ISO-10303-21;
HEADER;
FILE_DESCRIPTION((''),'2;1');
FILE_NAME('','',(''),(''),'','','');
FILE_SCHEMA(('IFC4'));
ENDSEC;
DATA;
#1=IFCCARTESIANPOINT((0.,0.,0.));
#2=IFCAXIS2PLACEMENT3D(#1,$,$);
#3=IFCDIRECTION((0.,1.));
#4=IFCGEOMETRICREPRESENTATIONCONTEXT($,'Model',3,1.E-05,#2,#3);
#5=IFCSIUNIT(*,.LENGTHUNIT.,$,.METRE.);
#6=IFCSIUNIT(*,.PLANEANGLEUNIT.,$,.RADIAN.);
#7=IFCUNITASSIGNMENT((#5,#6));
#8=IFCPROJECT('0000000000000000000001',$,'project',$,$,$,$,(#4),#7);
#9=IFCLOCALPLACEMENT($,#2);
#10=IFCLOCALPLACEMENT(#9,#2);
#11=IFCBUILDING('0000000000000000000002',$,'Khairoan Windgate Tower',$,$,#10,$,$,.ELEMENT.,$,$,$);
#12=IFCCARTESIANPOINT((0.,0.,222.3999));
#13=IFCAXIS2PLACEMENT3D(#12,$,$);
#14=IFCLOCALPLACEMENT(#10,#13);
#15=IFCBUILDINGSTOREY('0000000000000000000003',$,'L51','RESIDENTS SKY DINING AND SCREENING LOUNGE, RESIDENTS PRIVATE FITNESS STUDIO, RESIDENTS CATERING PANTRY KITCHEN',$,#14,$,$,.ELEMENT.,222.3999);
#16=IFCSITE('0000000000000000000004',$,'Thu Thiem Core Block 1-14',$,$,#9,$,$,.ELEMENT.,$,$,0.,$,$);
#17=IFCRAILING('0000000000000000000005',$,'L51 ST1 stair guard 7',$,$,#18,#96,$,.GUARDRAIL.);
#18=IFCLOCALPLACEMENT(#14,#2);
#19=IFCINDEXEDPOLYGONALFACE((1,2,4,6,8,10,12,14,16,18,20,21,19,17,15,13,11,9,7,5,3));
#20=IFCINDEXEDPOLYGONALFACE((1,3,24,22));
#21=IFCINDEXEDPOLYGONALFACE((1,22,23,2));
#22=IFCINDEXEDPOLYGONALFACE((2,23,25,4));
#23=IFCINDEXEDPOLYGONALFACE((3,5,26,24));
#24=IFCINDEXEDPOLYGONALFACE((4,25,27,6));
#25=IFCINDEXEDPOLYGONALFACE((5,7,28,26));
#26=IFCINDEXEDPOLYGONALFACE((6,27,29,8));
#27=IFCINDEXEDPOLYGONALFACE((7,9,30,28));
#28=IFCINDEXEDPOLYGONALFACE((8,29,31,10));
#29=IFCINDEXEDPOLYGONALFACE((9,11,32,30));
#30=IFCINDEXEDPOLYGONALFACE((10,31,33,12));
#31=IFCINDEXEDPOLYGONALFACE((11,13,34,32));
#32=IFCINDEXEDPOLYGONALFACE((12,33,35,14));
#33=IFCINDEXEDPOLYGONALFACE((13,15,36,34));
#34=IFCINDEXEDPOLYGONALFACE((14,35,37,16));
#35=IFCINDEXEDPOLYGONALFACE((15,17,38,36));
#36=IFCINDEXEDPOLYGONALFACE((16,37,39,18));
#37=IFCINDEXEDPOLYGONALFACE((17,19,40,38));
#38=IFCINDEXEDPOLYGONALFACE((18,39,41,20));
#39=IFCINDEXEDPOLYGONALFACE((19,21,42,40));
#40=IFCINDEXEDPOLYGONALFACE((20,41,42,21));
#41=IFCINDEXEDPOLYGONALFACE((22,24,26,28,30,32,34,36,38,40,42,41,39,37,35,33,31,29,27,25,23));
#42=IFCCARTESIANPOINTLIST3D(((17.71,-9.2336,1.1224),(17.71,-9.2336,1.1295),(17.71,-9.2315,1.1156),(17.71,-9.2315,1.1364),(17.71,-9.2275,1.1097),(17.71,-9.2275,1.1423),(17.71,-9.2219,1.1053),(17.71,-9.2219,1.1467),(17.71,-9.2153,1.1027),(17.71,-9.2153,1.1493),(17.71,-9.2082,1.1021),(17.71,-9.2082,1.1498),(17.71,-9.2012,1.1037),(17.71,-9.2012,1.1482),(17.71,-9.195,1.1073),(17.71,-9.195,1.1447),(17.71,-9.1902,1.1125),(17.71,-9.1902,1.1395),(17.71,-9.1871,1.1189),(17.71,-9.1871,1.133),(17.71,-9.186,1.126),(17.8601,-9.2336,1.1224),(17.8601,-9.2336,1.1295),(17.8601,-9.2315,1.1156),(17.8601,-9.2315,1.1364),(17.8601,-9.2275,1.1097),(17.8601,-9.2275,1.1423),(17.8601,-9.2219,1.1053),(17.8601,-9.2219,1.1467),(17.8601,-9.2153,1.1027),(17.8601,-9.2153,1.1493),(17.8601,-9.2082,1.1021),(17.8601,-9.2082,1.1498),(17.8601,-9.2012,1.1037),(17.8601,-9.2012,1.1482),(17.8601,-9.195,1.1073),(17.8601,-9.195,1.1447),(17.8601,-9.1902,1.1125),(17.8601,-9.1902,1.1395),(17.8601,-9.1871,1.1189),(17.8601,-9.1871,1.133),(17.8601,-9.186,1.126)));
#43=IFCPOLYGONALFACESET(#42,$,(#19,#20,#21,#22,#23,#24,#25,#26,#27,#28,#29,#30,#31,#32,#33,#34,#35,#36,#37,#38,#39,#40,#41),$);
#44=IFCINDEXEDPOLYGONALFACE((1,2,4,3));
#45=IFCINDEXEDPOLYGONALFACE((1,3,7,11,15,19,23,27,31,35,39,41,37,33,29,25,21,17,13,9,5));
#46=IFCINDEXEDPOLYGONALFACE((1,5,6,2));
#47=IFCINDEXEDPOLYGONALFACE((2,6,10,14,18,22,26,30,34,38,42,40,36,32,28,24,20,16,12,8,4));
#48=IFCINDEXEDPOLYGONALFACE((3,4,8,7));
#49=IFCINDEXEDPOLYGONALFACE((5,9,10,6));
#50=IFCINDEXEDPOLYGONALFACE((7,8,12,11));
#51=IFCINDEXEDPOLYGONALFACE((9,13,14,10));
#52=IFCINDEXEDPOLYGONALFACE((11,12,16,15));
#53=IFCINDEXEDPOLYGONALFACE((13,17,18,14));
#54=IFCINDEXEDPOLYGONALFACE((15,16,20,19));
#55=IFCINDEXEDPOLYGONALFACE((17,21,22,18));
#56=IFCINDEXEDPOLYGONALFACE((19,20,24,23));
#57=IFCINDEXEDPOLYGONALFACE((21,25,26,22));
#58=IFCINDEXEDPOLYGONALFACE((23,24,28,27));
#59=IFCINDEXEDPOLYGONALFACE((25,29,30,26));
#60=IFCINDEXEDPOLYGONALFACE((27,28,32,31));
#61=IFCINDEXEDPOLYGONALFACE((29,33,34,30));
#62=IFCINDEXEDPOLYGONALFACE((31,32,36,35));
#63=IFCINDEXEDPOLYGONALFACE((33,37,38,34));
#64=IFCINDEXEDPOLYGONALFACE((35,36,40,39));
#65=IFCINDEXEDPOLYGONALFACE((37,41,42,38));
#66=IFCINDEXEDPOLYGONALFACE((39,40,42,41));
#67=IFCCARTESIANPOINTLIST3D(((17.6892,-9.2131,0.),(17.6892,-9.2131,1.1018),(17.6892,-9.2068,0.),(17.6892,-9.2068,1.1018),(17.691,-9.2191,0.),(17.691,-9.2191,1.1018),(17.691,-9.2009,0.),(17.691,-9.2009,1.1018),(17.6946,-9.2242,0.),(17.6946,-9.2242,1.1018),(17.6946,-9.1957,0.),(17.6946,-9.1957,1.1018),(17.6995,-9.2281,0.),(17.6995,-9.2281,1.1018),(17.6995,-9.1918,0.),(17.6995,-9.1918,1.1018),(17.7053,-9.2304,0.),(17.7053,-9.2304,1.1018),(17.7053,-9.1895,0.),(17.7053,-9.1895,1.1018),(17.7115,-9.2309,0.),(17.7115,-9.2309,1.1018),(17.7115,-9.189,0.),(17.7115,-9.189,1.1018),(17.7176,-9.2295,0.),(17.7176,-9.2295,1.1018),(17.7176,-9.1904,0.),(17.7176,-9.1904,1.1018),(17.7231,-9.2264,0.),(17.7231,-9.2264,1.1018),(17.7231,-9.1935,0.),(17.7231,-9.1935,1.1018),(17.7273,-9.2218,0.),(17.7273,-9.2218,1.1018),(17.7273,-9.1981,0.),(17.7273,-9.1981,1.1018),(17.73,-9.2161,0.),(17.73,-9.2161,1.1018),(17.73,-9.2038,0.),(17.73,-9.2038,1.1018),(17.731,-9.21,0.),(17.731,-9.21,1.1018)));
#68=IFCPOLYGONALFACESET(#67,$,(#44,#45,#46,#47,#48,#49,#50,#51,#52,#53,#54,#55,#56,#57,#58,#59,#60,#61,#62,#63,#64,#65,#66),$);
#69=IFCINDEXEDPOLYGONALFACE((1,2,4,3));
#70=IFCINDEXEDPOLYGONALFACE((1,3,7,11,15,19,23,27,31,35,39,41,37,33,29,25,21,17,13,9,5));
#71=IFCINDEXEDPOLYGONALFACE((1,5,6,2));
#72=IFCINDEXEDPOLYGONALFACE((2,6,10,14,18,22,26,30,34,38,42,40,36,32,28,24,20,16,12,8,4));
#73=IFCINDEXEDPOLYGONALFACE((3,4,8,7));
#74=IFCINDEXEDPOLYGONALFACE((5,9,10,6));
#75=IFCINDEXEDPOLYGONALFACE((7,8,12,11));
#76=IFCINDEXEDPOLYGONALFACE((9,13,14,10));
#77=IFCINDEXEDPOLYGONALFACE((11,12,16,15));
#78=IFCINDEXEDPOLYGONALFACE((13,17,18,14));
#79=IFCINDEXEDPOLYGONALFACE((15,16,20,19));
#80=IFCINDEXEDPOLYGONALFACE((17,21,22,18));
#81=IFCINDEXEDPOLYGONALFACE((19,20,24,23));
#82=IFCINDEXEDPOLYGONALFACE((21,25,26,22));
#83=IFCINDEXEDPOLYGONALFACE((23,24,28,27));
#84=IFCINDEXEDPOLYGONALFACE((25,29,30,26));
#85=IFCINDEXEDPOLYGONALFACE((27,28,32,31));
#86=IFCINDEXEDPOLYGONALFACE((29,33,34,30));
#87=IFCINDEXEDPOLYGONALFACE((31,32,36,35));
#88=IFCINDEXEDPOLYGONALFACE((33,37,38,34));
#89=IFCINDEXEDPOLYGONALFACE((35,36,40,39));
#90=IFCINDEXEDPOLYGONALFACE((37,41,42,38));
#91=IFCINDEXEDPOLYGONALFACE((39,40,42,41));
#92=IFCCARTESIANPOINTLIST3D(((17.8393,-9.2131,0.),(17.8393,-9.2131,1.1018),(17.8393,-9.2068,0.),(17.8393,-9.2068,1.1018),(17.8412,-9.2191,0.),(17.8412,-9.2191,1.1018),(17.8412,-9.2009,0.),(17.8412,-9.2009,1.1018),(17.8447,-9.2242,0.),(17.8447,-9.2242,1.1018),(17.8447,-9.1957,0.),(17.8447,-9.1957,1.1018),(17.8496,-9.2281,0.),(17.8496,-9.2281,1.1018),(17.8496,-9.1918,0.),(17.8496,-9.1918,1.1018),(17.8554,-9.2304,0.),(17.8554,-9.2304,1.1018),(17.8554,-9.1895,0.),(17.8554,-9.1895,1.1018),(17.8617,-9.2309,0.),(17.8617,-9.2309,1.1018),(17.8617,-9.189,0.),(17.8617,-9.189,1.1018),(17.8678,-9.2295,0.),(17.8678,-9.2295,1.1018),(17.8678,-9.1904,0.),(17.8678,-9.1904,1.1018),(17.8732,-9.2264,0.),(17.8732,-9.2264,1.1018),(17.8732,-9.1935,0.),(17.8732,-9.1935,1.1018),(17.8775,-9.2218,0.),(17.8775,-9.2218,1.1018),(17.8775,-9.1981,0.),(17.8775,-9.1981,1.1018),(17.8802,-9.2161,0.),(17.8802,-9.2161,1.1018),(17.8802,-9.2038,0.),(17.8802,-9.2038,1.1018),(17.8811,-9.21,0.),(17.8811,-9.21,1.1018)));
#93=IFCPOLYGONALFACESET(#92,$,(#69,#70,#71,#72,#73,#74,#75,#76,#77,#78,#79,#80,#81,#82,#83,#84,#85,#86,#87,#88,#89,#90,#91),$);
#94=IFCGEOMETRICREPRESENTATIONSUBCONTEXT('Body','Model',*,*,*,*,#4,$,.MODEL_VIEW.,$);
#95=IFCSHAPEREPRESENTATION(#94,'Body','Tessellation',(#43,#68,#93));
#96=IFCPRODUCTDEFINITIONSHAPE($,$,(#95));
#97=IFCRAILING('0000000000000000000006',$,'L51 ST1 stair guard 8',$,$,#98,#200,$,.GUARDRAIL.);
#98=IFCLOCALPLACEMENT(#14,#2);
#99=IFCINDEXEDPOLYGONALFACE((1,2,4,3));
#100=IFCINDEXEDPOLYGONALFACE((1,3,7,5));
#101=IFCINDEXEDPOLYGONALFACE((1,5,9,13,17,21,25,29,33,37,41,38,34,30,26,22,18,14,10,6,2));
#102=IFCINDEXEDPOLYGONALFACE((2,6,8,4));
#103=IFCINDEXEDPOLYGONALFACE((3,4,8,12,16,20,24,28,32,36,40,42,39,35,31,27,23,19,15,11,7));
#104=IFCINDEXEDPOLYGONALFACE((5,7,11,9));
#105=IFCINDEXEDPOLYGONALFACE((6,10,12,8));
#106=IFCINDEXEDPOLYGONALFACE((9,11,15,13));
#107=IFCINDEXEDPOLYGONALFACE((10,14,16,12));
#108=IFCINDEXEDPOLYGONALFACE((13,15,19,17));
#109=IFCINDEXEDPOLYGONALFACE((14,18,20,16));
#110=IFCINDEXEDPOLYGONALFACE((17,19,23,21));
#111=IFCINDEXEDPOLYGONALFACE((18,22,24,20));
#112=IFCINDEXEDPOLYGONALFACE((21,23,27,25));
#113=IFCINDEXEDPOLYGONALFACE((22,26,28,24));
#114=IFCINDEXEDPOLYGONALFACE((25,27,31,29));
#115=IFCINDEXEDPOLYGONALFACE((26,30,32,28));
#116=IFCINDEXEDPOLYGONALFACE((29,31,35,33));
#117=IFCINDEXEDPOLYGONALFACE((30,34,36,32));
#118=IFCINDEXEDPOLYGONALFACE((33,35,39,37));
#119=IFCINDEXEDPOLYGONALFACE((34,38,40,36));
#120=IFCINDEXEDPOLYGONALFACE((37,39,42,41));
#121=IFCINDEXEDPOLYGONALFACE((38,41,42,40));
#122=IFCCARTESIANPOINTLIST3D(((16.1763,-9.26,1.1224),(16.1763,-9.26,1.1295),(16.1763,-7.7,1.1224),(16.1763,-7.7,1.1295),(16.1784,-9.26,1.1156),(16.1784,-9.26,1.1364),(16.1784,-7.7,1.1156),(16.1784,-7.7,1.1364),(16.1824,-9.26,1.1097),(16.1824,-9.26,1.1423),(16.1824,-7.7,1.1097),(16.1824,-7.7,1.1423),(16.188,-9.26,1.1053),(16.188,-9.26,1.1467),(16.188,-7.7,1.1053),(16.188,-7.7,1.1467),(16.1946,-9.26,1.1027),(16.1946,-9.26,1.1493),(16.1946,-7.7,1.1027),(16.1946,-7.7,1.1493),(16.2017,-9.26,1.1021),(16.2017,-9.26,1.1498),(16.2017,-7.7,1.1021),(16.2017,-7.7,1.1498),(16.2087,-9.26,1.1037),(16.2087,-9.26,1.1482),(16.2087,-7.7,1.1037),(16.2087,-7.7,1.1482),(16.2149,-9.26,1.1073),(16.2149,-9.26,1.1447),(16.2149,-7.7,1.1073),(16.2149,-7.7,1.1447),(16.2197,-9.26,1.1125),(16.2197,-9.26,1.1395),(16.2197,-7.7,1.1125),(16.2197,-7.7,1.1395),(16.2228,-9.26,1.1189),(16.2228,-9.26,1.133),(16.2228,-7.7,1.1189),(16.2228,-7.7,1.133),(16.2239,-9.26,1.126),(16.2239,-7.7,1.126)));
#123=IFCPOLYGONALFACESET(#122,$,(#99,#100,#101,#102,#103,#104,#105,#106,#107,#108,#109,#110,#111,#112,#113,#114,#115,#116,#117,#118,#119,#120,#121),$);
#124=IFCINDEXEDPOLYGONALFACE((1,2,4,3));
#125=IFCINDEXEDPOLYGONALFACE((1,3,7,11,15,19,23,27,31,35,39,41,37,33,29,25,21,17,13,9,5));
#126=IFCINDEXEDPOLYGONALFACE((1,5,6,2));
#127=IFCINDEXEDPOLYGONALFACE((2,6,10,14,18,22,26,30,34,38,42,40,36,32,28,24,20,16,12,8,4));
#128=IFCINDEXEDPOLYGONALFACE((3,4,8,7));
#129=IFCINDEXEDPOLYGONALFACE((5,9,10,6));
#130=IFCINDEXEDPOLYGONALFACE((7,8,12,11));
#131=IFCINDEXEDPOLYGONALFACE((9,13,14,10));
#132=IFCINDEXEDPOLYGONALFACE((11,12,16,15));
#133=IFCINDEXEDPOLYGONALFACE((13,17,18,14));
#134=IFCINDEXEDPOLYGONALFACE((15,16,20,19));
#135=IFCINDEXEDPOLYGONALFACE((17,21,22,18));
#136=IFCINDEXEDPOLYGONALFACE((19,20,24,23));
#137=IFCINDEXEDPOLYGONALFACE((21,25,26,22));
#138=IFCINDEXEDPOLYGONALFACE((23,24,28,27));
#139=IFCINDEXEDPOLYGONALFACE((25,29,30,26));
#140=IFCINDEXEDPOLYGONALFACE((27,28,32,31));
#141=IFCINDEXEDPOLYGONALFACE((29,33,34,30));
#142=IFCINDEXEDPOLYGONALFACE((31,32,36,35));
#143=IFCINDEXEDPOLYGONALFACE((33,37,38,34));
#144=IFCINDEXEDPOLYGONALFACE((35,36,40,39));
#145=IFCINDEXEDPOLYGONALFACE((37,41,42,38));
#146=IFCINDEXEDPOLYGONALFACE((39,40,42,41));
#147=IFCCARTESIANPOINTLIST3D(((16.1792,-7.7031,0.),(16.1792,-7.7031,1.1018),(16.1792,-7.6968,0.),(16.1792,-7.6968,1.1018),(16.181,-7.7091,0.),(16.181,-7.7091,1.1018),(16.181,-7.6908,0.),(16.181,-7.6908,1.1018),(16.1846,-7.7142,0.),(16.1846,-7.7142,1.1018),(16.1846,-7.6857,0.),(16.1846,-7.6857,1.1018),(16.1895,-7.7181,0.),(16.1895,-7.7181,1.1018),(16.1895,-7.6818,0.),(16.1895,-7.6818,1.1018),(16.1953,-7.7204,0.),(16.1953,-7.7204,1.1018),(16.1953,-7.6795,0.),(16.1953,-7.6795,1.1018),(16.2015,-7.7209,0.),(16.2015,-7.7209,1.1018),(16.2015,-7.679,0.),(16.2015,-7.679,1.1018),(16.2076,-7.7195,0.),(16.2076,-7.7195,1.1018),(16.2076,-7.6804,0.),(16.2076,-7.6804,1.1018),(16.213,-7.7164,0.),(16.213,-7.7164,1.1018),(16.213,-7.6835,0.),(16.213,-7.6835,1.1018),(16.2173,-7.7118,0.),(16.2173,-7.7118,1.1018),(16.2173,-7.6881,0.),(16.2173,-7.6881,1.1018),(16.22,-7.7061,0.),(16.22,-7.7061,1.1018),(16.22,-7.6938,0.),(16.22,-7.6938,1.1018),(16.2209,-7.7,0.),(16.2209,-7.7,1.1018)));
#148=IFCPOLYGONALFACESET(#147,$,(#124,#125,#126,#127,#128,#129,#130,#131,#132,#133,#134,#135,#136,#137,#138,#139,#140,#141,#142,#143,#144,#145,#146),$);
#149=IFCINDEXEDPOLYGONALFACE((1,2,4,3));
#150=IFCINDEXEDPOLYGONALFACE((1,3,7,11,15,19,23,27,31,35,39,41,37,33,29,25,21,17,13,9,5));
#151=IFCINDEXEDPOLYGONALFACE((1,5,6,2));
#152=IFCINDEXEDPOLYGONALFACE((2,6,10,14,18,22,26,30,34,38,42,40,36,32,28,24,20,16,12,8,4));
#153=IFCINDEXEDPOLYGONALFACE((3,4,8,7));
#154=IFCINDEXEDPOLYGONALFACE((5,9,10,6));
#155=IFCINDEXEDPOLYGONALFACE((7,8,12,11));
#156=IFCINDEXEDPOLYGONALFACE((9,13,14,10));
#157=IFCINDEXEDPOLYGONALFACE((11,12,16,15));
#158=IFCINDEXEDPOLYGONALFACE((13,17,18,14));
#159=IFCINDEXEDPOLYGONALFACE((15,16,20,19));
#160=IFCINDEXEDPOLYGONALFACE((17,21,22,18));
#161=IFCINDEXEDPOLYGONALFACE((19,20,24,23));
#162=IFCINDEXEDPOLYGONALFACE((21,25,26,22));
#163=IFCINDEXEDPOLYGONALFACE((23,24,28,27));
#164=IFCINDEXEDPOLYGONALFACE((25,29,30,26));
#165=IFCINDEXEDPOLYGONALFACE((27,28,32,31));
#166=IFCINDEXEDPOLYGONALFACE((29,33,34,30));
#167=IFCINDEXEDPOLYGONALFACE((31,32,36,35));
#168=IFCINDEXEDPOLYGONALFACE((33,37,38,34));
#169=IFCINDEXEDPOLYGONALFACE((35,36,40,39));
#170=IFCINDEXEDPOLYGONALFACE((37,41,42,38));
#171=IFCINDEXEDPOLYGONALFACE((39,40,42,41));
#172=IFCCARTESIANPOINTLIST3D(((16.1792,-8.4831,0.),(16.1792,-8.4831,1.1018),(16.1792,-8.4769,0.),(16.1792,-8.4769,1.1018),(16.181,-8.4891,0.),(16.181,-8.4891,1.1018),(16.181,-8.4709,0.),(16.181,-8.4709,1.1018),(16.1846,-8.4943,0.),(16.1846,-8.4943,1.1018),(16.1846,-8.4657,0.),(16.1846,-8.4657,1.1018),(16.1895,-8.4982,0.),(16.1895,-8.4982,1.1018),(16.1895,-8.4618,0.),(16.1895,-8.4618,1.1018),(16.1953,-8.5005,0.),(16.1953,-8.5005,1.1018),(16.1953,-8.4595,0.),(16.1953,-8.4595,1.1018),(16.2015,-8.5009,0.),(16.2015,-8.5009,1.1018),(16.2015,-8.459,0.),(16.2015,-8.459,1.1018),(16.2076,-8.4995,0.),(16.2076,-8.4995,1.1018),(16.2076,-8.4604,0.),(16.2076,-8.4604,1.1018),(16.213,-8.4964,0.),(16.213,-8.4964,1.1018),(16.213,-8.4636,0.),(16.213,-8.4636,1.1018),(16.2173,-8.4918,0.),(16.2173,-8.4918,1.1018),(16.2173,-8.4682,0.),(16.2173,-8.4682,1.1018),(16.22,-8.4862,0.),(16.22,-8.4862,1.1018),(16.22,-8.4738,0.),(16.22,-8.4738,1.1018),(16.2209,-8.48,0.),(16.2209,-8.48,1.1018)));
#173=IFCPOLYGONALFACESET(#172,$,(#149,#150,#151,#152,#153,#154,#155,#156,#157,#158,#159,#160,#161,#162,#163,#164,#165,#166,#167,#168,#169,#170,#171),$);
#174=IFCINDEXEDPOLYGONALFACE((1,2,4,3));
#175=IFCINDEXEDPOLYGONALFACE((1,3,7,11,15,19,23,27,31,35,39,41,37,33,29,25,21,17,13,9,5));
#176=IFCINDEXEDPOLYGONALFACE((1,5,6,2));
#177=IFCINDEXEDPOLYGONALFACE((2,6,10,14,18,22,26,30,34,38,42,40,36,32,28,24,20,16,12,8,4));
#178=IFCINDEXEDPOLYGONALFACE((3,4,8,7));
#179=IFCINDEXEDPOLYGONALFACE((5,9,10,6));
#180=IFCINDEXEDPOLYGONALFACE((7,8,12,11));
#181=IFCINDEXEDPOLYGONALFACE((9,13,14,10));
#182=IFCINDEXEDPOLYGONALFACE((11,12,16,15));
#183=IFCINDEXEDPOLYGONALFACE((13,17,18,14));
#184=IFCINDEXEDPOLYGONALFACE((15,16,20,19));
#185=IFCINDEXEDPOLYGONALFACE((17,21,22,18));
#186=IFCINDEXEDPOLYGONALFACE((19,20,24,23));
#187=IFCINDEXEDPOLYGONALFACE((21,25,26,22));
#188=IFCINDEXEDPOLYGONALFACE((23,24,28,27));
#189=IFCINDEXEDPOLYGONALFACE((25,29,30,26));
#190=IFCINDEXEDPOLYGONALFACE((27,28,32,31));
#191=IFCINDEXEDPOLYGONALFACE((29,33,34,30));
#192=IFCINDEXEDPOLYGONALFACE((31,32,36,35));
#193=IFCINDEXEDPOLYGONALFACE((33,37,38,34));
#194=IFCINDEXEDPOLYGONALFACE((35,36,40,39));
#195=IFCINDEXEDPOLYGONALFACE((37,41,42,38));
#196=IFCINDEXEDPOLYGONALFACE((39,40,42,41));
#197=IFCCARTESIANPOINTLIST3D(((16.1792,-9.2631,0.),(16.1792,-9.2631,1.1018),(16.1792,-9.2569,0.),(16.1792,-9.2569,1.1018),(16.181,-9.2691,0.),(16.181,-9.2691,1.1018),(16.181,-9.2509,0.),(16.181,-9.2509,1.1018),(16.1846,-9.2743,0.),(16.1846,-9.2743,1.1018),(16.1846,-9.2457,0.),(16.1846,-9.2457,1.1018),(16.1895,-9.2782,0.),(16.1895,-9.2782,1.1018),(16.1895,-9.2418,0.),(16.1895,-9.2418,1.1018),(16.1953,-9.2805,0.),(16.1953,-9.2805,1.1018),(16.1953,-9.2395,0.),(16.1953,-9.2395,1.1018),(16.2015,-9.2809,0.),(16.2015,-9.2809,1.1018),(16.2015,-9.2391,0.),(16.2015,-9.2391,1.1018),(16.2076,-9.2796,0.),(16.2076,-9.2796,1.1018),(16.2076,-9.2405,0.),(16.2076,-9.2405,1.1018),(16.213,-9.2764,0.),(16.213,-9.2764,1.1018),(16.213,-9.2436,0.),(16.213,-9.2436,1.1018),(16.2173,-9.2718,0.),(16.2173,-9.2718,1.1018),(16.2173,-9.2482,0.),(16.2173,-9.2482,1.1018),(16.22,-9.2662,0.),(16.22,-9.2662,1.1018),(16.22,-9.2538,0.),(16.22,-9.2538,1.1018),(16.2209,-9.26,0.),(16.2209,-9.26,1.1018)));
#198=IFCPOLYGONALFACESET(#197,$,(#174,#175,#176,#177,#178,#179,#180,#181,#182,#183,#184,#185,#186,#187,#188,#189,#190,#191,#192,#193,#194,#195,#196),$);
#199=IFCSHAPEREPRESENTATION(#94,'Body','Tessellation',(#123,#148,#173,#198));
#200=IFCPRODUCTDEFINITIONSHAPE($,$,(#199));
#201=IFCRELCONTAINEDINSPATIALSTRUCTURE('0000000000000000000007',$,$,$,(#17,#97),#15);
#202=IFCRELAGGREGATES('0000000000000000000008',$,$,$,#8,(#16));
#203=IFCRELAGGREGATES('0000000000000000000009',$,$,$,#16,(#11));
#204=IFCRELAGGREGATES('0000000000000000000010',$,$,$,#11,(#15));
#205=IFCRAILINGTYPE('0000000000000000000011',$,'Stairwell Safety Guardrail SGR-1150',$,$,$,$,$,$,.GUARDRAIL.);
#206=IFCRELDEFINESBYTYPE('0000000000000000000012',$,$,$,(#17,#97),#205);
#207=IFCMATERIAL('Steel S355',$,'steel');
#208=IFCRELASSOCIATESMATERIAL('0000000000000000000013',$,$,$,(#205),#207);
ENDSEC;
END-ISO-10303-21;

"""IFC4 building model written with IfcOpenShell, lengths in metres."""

from ifc_helpers import new_model, si_unit, direction, frame, origin, origin_2d, place, context, subcontext, project, spatial, circle, extrude, material, type_object, element, save


model = new_model("IFC4")

# Units and contexts
model_context = context("Model", 3, precision=1e-05, world=origin(), true_north=direction((0.0, 1.0)))
body_context = subcontext(model_context, "Body", "Model", "MODEL_VIEW")
ifc_project = project(units=[si_unit("LENGTHUNIT", "METRE"), si_unit("PLANEANGLEUNIT", "RADIAN")], contexts=[model_context])

# Site, building, storey
site_placement = place(None, origin())
site = spatial("IfcSite", under=ifc_project, at=site_placement, Name="Thu Thiem Core Block 1-14", CompositionType="ELEMENT", RefElevation=0.0)
building_placement = place(site_placement, origin())
building = spatial("IfcBuilding", under=site, at=building_placement, Name="Khairoan Windgate Tower", CompositionType="ELEMENT")
storey_placement = place(building_placement, frame((0.0, 0.0, 222.3999)))
storey = spatial("IfcBuildingStorey", under=building, at=storey_placement, Name="L51", Description="RESIDENTS SKY DINING AND SCREENING LOUNGE, RESIDENTS PRIVATE FITNESS STUDIO, RESIDENTS CATERING PANTRY KITCHEN", CompositionType="ELEMENT", Elevation=222.3999)

# Railings
ifc_material_1 = material(Name="Steel S355", Category="steel")
railing_type_1 = type_object("IfcRailingType", Name="Stairwell Safety Guardrail SGR-1150", PredefinedType="GUARDRAIL", material=ifc_material_1)
railing_1_placement = place(storey_placement, frame((17.71, -9.21, 0.0)))
element("IfcRailing", 1, at=railing_1_placement, inside=storey, type_object=railing_type_1, Name="L51 ST1 stair guard 7", PredefinedType="GUARDRAIL", context=body_context, shape_type="SweptSolid", body=[
    extrude(circle(Radius=0.0239, at=origin_2d()), frame((0.0, 0.0, 1.126), z_axis=(1.0, 0.0, 0.0), x_axis=(0.0, 1.0, 0.0)), (0.0, 0.0, 1.0), 0.1501),
    extrude(circle(Radius=0.021, at=origin_2d()), origin(), (0.0, 0.0, 1.0), 1.1018),
    extrude(circle(Radius=0.021, at=origin_2d()), frame((0.1501, 0.0, 0.0)), (0.0, 0.0, 1.0), 1.1018),
])
for number, where, name in (
    (2, (16.2, -7.7, 0.0), "L51 ST1 stair guard 8"),
):
    element("IfcRailing", number, at=place(storey_placement, frame(where)), inside=storey, type_object=railing_type_1, Name=name, PredefinedType="GUARDRAIL", context=body_context, shape_type="SweptSolid", body=[
        extrude(circle(Radius=0.0239, at=origin_2d()), frame((0.0, 0.0, 1.126), z_axis=(0.0, -1.0, 0.0), x_axis=(1.0, 0.0, 0.0)), (0.0, 0.0, 1.0), 1.5601),
        extrude(circle(Radius=0.021, at=origin_2d()), origin(), (0.0, 0.0, 1.0), 1.1018),
        extrude(circle(Radius=0.021, at=origin_2d()), frame((0.0, -0.78, 0.0)), (0.0, 0.0, 1.0), 1.1018),
        extrude(circle(Radius=0.021, at=origin_2d()), frame((0.0, -1.5601, 0.0)), (0.0, 0.0, 1.0), 1.1018),
    ])

save(model, "model.ifc")
